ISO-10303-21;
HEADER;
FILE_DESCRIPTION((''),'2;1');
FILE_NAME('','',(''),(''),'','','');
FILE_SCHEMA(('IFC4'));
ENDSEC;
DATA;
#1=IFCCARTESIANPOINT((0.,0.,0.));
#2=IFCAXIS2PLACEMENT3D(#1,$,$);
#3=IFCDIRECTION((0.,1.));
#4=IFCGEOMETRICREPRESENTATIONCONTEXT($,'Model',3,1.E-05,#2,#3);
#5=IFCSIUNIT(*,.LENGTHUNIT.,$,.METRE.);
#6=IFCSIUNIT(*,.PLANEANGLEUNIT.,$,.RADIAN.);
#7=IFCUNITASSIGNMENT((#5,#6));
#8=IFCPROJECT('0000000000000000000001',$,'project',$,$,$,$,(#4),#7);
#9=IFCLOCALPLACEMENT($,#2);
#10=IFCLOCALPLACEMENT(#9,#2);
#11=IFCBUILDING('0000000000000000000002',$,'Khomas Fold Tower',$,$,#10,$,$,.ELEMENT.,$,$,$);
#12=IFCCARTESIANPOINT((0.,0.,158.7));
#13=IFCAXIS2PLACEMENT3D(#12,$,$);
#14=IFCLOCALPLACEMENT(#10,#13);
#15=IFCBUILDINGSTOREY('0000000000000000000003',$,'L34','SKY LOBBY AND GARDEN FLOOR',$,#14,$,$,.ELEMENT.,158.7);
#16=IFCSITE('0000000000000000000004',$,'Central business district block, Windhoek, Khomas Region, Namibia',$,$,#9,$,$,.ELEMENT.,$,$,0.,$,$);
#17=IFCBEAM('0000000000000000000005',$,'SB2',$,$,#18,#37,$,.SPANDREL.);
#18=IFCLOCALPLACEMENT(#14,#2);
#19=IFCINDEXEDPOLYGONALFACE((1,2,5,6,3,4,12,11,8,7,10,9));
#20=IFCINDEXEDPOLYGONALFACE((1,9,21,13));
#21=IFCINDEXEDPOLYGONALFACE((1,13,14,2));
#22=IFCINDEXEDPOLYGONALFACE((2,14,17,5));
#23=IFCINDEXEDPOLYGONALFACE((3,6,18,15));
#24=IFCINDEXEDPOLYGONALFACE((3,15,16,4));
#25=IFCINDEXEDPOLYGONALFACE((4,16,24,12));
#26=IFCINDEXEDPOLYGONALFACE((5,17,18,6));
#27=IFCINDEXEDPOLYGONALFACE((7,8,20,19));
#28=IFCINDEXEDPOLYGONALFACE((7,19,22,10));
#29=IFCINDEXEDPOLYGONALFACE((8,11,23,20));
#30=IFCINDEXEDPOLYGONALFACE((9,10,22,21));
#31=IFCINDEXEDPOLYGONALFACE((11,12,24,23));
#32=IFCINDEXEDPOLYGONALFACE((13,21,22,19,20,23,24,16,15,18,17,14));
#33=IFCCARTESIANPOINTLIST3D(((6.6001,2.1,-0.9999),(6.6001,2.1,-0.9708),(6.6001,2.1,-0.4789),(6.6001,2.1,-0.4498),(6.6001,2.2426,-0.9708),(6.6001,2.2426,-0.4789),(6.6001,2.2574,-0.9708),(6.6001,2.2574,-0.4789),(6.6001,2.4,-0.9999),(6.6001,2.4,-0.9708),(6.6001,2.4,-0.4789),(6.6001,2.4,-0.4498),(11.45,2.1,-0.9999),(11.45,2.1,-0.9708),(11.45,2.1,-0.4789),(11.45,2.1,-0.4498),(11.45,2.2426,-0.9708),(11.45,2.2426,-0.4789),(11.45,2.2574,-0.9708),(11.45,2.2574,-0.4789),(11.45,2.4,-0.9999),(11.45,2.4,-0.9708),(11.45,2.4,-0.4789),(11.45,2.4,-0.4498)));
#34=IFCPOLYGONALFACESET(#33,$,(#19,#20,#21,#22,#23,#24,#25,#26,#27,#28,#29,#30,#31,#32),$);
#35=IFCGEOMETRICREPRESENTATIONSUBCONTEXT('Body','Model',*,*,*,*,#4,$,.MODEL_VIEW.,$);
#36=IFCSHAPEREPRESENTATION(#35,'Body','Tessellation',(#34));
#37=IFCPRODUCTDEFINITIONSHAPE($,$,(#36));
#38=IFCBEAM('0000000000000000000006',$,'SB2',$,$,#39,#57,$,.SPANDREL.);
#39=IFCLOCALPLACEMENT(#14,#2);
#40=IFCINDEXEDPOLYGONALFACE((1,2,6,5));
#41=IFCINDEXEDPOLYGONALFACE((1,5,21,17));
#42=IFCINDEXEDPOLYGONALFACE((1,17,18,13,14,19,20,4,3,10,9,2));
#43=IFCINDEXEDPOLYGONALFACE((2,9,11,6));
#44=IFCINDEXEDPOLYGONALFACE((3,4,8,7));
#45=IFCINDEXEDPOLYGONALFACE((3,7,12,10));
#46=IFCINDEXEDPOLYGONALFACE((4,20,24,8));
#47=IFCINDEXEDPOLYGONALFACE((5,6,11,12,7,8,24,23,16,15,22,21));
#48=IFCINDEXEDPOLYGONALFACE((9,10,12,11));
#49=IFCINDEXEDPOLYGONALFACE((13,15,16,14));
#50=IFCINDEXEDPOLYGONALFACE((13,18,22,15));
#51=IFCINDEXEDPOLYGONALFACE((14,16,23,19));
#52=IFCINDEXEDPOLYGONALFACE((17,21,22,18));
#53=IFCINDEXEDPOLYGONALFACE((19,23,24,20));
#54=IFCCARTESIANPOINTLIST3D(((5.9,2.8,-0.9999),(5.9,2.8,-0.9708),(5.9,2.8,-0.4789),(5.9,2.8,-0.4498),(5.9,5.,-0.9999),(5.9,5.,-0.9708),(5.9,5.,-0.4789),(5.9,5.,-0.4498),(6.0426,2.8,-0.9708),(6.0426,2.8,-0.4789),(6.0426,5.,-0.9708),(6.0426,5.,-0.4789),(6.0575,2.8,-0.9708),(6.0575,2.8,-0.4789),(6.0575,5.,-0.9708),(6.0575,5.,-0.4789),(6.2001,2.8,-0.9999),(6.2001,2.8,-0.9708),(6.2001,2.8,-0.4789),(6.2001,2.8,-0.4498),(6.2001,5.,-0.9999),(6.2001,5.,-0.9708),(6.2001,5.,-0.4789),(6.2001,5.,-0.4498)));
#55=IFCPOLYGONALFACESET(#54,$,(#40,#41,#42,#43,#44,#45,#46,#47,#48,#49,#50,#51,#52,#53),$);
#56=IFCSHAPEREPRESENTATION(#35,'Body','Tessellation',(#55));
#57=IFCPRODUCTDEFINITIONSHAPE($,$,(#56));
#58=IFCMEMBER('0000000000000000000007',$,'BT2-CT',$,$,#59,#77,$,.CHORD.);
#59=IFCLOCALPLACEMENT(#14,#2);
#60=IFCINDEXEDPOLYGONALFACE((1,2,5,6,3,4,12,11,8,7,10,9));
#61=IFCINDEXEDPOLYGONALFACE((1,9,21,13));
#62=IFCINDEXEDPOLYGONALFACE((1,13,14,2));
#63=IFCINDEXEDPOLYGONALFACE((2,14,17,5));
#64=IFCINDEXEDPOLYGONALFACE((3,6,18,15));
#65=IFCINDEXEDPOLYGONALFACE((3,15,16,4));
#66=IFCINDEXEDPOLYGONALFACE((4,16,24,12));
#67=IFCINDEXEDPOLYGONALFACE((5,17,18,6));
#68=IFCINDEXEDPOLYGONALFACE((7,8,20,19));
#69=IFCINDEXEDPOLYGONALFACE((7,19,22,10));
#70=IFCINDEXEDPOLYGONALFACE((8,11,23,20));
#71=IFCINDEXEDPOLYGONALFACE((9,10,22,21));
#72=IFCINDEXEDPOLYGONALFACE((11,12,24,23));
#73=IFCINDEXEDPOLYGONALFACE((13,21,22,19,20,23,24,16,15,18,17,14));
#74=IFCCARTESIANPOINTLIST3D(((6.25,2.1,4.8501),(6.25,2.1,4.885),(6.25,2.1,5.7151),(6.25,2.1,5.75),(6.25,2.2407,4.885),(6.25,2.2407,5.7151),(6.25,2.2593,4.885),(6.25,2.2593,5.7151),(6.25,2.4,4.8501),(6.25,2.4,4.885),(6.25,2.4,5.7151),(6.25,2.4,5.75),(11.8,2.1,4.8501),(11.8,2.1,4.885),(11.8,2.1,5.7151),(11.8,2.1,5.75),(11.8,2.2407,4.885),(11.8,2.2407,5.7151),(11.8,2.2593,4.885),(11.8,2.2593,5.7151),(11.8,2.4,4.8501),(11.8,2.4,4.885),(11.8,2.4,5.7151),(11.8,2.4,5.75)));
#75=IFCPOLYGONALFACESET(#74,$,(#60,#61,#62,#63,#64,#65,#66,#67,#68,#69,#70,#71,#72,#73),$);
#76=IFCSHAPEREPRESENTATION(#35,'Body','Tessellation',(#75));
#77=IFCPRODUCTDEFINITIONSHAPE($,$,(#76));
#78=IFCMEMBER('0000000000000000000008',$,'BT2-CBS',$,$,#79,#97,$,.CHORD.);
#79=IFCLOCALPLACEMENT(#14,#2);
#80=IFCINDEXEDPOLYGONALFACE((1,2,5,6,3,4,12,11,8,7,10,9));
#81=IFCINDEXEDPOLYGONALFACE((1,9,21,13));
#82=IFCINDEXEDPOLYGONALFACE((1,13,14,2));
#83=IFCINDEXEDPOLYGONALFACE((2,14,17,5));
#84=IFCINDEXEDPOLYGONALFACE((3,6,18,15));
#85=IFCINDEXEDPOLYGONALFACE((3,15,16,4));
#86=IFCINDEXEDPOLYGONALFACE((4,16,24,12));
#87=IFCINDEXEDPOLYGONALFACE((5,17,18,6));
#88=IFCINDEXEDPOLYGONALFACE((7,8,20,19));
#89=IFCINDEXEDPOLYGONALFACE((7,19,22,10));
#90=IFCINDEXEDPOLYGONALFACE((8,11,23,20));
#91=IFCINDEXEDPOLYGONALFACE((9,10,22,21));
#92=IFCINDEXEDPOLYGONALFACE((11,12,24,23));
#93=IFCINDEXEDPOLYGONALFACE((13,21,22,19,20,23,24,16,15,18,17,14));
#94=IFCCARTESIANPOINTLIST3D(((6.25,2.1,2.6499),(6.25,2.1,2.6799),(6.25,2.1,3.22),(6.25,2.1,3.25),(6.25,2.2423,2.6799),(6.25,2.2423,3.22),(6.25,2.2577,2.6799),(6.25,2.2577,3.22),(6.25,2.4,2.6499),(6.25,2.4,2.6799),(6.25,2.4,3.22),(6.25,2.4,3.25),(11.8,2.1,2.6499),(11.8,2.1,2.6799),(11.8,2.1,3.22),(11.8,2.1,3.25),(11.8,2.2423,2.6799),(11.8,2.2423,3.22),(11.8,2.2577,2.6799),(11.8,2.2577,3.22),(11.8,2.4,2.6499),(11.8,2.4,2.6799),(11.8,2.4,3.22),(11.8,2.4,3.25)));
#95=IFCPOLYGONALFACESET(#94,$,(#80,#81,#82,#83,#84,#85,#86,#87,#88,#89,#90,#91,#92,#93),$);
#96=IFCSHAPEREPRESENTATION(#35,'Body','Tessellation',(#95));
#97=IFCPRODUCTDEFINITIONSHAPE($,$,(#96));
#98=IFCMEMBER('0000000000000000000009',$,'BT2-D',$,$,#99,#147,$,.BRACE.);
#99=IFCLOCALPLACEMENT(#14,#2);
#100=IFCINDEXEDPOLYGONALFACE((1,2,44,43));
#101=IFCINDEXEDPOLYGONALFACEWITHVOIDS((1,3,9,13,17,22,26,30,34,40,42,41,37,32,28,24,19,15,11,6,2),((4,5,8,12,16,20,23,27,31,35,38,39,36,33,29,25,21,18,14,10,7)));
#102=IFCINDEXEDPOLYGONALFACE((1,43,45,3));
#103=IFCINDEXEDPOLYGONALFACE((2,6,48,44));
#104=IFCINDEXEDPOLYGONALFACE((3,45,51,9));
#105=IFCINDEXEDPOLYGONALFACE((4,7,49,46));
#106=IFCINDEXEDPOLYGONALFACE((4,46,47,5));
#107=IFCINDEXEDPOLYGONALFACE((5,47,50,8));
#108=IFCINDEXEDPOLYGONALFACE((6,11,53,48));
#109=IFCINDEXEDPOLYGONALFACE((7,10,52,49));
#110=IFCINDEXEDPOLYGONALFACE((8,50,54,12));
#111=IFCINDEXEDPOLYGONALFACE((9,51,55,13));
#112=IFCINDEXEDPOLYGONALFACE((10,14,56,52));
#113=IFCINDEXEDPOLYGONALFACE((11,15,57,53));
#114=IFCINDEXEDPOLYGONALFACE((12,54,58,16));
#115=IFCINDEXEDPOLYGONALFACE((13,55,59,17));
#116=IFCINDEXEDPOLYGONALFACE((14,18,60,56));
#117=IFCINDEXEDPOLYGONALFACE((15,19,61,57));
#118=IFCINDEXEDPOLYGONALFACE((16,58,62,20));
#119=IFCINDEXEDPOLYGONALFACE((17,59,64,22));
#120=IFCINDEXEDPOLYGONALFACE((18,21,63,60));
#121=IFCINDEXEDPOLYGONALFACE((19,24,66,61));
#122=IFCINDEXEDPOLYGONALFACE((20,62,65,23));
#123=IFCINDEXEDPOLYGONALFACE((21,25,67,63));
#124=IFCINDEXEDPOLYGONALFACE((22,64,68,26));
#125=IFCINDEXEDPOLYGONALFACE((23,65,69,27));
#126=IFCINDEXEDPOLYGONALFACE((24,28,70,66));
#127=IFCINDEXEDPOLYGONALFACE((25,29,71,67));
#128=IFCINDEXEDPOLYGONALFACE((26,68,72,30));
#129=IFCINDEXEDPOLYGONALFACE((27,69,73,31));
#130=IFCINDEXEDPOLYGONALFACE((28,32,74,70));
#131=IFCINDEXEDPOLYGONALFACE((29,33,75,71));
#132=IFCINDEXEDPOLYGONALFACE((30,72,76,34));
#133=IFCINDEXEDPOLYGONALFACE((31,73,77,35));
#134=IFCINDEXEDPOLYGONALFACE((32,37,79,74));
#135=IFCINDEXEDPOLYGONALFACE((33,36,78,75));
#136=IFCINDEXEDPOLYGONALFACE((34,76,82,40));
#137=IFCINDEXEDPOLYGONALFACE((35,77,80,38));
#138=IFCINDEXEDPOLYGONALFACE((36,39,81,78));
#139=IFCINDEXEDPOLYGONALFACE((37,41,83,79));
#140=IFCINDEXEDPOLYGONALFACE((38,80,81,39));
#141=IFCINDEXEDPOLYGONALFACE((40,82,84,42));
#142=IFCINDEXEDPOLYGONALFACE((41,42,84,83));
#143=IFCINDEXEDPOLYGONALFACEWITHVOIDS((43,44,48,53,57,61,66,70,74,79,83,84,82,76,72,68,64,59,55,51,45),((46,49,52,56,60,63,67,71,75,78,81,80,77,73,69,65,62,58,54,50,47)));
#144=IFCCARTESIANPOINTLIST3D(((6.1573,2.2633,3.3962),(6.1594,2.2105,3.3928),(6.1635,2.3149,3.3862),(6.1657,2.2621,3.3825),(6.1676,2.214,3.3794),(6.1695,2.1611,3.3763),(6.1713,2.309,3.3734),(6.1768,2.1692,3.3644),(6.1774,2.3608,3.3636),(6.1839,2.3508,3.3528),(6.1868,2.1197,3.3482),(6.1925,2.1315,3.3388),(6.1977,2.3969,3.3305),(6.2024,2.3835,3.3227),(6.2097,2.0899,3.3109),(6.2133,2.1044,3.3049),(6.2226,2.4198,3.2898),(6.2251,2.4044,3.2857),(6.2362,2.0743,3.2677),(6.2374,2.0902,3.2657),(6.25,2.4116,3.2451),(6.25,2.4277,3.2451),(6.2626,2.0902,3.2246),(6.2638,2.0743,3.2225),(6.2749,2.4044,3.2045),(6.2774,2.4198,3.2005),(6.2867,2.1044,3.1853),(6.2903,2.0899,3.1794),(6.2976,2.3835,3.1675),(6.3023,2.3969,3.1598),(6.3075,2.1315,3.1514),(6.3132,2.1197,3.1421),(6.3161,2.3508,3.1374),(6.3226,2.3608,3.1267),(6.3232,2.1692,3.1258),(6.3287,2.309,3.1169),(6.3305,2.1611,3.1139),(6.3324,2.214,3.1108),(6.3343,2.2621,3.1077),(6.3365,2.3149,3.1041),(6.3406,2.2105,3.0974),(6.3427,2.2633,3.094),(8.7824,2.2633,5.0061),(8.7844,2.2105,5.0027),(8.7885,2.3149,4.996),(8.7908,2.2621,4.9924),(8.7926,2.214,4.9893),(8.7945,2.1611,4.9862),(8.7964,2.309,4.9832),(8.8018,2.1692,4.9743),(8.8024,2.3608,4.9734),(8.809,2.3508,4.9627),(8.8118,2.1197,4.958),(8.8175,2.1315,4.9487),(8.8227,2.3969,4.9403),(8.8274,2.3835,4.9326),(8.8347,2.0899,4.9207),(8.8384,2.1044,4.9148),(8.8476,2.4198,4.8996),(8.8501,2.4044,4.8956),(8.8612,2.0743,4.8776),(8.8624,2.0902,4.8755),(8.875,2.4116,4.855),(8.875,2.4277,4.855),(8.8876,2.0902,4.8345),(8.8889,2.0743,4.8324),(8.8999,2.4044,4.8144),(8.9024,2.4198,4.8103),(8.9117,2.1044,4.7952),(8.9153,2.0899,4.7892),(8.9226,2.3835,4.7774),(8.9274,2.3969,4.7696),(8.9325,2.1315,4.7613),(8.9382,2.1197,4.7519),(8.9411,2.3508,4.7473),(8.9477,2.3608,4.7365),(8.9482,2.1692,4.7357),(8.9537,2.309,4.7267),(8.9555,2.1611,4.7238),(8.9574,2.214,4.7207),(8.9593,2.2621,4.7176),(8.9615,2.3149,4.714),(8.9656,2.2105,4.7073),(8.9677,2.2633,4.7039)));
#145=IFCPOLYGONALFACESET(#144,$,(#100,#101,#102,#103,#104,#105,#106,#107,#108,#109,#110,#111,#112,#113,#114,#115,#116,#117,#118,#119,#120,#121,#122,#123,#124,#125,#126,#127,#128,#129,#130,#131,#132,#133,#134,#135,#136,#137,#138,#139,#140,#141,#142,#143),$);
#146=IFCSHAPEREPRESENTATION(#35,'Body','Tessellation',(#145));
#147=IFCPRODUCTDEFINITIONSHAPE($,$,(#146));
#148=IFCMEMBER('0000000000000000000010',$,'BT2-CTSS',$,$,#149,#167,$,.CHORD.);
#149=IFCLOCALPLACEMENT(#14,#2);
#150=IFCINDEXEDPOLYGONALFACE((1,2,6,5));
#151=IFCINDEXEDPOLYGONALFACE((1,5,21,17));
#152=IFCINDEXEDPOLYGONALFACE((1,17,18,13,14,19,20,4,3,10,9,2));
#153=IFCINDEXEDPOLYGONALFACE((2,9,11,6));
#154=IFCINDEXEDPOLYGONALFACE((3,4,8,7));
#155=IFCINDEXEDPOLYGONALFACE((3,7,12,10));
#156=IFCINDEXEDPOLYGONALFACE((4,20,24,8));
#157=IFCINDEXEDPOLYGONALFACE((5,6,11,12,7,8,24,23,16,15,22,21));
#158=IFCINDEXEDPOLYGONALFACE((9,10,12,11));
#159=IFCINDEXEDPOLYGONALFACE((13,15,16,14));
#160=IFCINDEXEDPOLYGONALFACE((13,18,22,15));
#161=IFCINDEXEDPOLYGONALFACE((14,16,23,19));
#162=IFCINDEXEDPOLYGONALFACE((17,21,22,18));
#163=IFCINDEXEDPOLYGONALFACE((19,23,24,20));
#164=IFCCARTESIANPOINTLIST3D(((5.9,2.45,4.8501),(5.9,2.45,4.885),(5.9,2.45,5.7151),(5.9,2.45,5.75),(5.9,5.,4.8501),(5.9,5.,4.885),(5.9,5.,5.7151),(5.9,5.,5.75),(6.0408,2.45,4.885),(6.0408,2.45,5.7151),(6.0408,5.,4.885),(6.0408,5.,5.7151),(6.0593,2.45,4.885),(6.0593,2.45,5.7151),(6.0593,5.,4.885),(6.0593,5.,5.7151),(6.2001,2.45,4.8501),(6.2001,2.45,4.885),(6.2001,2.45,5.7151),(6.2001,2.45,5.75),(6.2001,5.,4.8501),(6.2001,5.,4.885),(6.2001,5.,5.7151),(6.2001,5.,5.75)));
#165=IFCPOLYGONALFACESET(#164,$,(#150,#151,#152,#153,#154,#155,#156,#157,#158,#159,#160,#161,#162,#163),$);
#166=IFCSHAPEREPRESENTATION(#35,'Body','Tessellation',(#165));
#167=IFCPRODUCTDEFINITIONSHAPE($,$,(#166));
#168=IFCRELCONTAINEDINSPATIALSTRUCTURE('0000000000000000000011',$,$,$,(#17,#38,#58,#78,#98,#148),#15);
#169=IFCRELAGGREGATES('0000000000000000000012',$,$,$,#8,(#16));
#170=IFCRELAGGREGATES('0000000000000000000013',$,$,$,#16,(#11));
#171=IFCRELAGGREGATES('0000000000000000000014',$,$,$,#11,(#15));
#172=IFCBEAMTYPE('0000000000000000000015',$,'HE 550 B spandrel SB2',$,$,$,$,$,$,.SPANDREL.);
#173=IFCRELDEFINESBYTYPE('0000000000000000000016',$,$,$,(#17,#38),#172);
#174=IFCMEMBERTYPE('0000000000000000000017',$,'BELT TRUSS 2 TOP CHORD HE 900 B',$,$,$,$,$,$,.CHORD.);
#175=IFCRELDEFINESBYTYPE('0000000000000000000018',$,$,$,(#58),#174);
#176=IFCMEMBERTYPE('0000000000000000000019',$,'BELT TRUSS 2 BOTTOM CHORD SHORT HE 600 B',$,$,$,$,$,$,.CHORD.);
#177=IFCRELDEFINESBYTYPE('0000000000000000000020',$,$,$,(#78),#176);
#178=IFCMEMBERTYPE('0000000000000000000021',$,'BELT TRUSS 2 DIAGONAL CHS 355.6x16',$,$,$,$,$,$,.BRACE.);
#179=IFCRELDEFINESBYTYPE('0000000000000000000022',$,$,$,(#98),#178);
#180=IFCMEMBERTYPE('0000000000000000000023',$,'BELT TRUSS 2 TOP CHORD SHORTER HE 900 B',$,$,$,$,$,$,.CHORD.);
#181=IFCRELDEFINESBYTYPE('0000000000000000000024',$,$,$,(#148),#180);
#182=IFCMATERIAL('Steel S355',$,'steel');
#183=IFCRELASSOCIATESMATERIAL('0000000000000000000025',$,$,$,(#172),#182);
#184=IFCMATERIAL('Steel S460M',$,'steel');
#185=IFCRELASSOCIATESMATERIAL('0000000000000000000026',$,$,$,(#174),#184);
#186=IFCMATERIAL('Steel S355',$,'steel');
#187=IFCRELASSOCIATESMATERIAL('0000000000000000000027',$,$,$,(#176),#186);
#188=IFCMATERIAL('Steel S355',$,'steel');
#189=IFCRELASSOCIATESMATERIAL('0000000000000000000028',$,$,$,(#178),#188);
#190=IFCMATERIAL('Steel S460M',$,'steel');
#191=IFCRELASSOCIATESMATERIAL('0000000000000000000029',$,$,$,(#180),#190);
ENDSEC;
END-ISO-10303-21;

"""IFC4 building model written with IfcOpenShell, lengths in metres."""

from ifc_helpers import new_model, si_unit, direction, frame, origin, origin_2d, place, context, subcontext, project, spatial, hollow_circle, i_section, extrude, source, transform, mapped, material, material_profile, profile_set, type_object, element, save


model = new_model("IFC4")

# Units and contexts
model_context = context("Model", 3, precision=1e-05, world=origin(), true_north=direction((0.0, 1.0)))
body_context = subcontext(model_context, "Body", "Model", "MODEL_VIEW")
ifc_project = project(units=[si_unit("LENGTHUNIT", "METRE"), si_unit("PLANEANGLEUNIT", "RADIAN")], contexts=[model_context])

# Site, building, storey
site_placement = place(None, origin())
site = spatial("IfcSite", under=ifc_project, at=site_placement, Name="Central business district block, Windhoek, Khomas Region, Namibia", CompositionType="ELEMENT", RefElevation=0.0)
building_placement = place(site_placement, origin())
building = spatial("IfcBuilding", under=site, at=building_placement, Name="Khomas Fold Tower", CompositionType="ELEMENT")
storey_placement = place(building_placement, frame((0.0, 0.0, 158.7)))
storey = spatial("IfcBuildingStorey", under=building, at=storey_placement, Name="L34", Description="SKY LOBBY AND GARDEN FLOOR", CompositionType="ELEMENT", Elevation=158.7)

# Beams
ifc_material_1 = material(Name="Steel S355", Category="steel")
ifc_material_profile_1 = material_profile(ifc_material_1, i_section(OverallWidth=0.3, OverallDepth=0.55, WebThickness=0.0149, FlangeThickness=0.0291, at=origin_2d()), Name="HE 550 B")
ifc_profile_set_1 = profile_set([ifc_material_profile_1], Name="Steel S355")
beam_type_1 = type_object("IfcBeamType", Name="HE 550 B spandrel SB2", PredefinedType="SPANDREL", material=ifc_profile_set_1)
shared_shape_1 = source(origin(), body_context, "Body", "SweptSolid", [
    extrude(i_section(OverallWidth=0.3, OverallDepth=0.55, WebThickness=0.0149, FlangeThickness=0.0291, at=origin_2d()), origin(), (0.0, 0.0, 1.0), 4.8499),
])
beam_1_placement = place(storey_placement, frame((6.6001, 2.25, -0.7249), z_axis=(1.0, 0.0, 0.0), x_axis=(0.0, 1.0, 0.0)))
element("IfcBeam", 1, at=beam_1_placement, inside=storey, type_object=beam_type_1, Name="SB2", PredefinedType="SPANDREL", context=body_context, shape_type="MappedRepresentation", body=[
    mapped(shared_shape_1, transform((0.0, 0.0, 0.0))),
])
shared_shape_2 = source(origin(), body_context, "Body", "SweptSolid", [
    extrude(i_section(OverallWidth=0.3, OverallDepth=0.55, WebThickness=0.0149, FlangeThickness=0.0291, at=origin_2d()), origin(), (0.0, 0.0, 1.0), 2.2),
])
beam_2_placement = place(storey_placement, frame((6.05, 2.8, -0.7249), z_axis=(0.0, 1.0, 0.0), x_axis=(-1.0, 0.0, 0.0)))
element("IfcBeam", 2, at=beam_2_placement, inside=storey, type_object=beam_type_1, Name="SB2", PredefinedType="SPANDREL", context=body_context, shape_type="MappedRepresentation", body=[
    mapped(shared_shape_2, transform((0.0, 0.0, 0.0))),
])

# Members
ifc_material_2 = material(Name="Steel S460M", Category="steel")
ifc_material_profile_2 = material_profile(ifc_material_2, i_section(OverallWidth=0.3, OverallDepth=0.8999, WebThickness=0.0186, FlangeThickness=0.0349, at=origin_2d()), Name="HE 900 B")
ifc_profile_set_2 = profile_set([ifc_material_profile_2], Name="Steel S460M")
member_type_1 = type_object("IfcMemberType", Name="BELT TRUSS 2 TOP CHORD HE 900 B", PredefinedType="CHORD", material=ifc_profile_set_2)
shared_shape_3 = source(origin(), body_context, "Body", "SweptSolid", [
    extrude(i_section(OverallWidth=0.3, OverallDepth=0.8999, WebThickness=0.0186, FlangeThickness=0.0349, at=origin_2d()), origin(), (0.0, 0.0, 1.0), 5.55),
])
member_1_placement = place(storey_placement, frame((6.25, 2.25, 5.3), z_axis=(1.0, 0.0, 0.0), x_axis=(0.0, 1.0, 0.0)))
element("IfcMember", 3, at=member_1_placement, inside=storey, type_object=member_type_1, Name="BT2-CT", PredefinedType="CHORD", context=body_context, shape_type="MappedRepresentation", body=[
    mapped(shared_shape_3, transform((0.0, 0.0, 0.0))),
])
ifc_material_3 = material(Name="Steel S355", Category="steel")
ifc_material_profile_3 = material_profile(ifc_material_3, i_section(OverallWidth=0.3, OverallDepth=0.6001, WebThickness=0.0154, FlangeThickness=0.03, at=origin_2d()), Name="HE 600 B")
ifc_profile_set_3 = profile_set([ifc_material_profile_3], Name="Steel S355")
member_type_2 = type_object("IfcMemberType", Name="BELT TRUSS 2 BOTTOM CHORD SHORT HE 600 B", PredefinedType="CHORD", material=ifc_profile_set_3)
shared_shape_4 = source(origin(), body_context, "Body", "SweptSolid", [
    extrude(i_section(OverallWidth=0.3, OverallDepth=0.6001, WebThickness=0.0154, FlangeThickness=0.03, at=origin_2d()), origin(), (0.0, 0.0, 1.0), 5.55),
])
member_2_placement = place(storey_placement, frame((6.25, 2.25, 2.95), z_axis=(1.0, 0.0, 0.0), x_axis=(0.0, 1.0, 0.0)))
element("IfcMember", 4, at=member_2_placement, inside=storey, type_object=member_type_2, Name="BT2-CBS", PredefinedType="CHORD", context=body_context, shape_type="MappedRepresentation", body=[
    mapped(shared_shape_4, transform((0.0, 0.0, 0.0))),
])
ifc_material_4 = material(Name="Steel S355", Category="steel")
ifc_material_profile_4 = material_profile(ifc_material_4, hollow_circle(Radius=0.1777, WallThickness=0.0161, at=origin_2d()), Name="CHS 355.6x16")
ifc_profile_set_4 = profile_set([ifc_material_profile_4], Name="Steel S355")
member_type_3 = type_object("IfcMemberType", Name="BELT TRUSS 2 DIAGONAL CHS 355.6x16", PredefinedType="BRACE", material=ifc_profile_set_4)
shared_shape_5 = source(origin(), body_context, "Body", "SweptSolid", [
    extrude(hollow_circle(Radius=0.1777, WallThickness=0.0161, at=origin_2d()), origin(), (0.0, 0.0, 1.0), 3.0793),
])
member_3_placement = place(storey_placement, frame((6.25, 2.25, 3.2451), z_axis=(0.852458, 0.0, 0.522796), x_axis=(0.0, 1.0, 0.0)))
element("IfcMember", 5, at=member_3_placement, inside=storey, type_object=member_type_3, Name="BT2-D", PredefinedType="BRACE", context=body_context, shape_type="MappedRepresentation", body=[
    mapped(shared_shape_5, transform((0.0, 0.0, 0.0))),
])
ifc_material_5 = material(Name="Steel S460M", Category="steel")
ifc_material_profile_5 = material_profile(ifc_material_5, i_section(OverallWidth=0.3, OverallDepth=0.8999, WebThickness=0.0186, FlangeThickness=0.0349, at=origin_2d()), Name="HE 900 B")
ifc_profile_set_5 = profile_set([ifc_material_profile_5], Name="Steel S460M")
member_type_4 = type_object("IfcMemberType", Name="BELT TRUSS 2 TOP CHORD SHORTER HE 900 B", PredefinedType="CHORD", material=ifc_profile_set_5)
shared_shape_6 = source(origin(), body_context, "Body", "SweptSolid", [
    extrude(i_section(OverallWidth=0.3, OverallDepth=0.8999, WebThickness=0.0186, FlangeThickness=0.0349, at=origin_2d()), origin(), (0.0, 0.0, 1.0), 2.55),
])
member_4_placement = place(storey_placement, frame((6.05, 2.45, 5.3), z_axis=(0.0, 1.0, 0.0), x_axis=(-1.0, 0.0, 0.0)))
element("IfcMember", 6, at=member_4_placement, inside=storey, type_object=member_type_4, Name="BT2-CTSS", PredefinedType="CHORD", context=body_context, shape_type="MappedRepresentation", body=[
    mapped(shared_shape_6, transform((0.0, 0.0, 0.0))),
])

save(model, "model.ifc")
